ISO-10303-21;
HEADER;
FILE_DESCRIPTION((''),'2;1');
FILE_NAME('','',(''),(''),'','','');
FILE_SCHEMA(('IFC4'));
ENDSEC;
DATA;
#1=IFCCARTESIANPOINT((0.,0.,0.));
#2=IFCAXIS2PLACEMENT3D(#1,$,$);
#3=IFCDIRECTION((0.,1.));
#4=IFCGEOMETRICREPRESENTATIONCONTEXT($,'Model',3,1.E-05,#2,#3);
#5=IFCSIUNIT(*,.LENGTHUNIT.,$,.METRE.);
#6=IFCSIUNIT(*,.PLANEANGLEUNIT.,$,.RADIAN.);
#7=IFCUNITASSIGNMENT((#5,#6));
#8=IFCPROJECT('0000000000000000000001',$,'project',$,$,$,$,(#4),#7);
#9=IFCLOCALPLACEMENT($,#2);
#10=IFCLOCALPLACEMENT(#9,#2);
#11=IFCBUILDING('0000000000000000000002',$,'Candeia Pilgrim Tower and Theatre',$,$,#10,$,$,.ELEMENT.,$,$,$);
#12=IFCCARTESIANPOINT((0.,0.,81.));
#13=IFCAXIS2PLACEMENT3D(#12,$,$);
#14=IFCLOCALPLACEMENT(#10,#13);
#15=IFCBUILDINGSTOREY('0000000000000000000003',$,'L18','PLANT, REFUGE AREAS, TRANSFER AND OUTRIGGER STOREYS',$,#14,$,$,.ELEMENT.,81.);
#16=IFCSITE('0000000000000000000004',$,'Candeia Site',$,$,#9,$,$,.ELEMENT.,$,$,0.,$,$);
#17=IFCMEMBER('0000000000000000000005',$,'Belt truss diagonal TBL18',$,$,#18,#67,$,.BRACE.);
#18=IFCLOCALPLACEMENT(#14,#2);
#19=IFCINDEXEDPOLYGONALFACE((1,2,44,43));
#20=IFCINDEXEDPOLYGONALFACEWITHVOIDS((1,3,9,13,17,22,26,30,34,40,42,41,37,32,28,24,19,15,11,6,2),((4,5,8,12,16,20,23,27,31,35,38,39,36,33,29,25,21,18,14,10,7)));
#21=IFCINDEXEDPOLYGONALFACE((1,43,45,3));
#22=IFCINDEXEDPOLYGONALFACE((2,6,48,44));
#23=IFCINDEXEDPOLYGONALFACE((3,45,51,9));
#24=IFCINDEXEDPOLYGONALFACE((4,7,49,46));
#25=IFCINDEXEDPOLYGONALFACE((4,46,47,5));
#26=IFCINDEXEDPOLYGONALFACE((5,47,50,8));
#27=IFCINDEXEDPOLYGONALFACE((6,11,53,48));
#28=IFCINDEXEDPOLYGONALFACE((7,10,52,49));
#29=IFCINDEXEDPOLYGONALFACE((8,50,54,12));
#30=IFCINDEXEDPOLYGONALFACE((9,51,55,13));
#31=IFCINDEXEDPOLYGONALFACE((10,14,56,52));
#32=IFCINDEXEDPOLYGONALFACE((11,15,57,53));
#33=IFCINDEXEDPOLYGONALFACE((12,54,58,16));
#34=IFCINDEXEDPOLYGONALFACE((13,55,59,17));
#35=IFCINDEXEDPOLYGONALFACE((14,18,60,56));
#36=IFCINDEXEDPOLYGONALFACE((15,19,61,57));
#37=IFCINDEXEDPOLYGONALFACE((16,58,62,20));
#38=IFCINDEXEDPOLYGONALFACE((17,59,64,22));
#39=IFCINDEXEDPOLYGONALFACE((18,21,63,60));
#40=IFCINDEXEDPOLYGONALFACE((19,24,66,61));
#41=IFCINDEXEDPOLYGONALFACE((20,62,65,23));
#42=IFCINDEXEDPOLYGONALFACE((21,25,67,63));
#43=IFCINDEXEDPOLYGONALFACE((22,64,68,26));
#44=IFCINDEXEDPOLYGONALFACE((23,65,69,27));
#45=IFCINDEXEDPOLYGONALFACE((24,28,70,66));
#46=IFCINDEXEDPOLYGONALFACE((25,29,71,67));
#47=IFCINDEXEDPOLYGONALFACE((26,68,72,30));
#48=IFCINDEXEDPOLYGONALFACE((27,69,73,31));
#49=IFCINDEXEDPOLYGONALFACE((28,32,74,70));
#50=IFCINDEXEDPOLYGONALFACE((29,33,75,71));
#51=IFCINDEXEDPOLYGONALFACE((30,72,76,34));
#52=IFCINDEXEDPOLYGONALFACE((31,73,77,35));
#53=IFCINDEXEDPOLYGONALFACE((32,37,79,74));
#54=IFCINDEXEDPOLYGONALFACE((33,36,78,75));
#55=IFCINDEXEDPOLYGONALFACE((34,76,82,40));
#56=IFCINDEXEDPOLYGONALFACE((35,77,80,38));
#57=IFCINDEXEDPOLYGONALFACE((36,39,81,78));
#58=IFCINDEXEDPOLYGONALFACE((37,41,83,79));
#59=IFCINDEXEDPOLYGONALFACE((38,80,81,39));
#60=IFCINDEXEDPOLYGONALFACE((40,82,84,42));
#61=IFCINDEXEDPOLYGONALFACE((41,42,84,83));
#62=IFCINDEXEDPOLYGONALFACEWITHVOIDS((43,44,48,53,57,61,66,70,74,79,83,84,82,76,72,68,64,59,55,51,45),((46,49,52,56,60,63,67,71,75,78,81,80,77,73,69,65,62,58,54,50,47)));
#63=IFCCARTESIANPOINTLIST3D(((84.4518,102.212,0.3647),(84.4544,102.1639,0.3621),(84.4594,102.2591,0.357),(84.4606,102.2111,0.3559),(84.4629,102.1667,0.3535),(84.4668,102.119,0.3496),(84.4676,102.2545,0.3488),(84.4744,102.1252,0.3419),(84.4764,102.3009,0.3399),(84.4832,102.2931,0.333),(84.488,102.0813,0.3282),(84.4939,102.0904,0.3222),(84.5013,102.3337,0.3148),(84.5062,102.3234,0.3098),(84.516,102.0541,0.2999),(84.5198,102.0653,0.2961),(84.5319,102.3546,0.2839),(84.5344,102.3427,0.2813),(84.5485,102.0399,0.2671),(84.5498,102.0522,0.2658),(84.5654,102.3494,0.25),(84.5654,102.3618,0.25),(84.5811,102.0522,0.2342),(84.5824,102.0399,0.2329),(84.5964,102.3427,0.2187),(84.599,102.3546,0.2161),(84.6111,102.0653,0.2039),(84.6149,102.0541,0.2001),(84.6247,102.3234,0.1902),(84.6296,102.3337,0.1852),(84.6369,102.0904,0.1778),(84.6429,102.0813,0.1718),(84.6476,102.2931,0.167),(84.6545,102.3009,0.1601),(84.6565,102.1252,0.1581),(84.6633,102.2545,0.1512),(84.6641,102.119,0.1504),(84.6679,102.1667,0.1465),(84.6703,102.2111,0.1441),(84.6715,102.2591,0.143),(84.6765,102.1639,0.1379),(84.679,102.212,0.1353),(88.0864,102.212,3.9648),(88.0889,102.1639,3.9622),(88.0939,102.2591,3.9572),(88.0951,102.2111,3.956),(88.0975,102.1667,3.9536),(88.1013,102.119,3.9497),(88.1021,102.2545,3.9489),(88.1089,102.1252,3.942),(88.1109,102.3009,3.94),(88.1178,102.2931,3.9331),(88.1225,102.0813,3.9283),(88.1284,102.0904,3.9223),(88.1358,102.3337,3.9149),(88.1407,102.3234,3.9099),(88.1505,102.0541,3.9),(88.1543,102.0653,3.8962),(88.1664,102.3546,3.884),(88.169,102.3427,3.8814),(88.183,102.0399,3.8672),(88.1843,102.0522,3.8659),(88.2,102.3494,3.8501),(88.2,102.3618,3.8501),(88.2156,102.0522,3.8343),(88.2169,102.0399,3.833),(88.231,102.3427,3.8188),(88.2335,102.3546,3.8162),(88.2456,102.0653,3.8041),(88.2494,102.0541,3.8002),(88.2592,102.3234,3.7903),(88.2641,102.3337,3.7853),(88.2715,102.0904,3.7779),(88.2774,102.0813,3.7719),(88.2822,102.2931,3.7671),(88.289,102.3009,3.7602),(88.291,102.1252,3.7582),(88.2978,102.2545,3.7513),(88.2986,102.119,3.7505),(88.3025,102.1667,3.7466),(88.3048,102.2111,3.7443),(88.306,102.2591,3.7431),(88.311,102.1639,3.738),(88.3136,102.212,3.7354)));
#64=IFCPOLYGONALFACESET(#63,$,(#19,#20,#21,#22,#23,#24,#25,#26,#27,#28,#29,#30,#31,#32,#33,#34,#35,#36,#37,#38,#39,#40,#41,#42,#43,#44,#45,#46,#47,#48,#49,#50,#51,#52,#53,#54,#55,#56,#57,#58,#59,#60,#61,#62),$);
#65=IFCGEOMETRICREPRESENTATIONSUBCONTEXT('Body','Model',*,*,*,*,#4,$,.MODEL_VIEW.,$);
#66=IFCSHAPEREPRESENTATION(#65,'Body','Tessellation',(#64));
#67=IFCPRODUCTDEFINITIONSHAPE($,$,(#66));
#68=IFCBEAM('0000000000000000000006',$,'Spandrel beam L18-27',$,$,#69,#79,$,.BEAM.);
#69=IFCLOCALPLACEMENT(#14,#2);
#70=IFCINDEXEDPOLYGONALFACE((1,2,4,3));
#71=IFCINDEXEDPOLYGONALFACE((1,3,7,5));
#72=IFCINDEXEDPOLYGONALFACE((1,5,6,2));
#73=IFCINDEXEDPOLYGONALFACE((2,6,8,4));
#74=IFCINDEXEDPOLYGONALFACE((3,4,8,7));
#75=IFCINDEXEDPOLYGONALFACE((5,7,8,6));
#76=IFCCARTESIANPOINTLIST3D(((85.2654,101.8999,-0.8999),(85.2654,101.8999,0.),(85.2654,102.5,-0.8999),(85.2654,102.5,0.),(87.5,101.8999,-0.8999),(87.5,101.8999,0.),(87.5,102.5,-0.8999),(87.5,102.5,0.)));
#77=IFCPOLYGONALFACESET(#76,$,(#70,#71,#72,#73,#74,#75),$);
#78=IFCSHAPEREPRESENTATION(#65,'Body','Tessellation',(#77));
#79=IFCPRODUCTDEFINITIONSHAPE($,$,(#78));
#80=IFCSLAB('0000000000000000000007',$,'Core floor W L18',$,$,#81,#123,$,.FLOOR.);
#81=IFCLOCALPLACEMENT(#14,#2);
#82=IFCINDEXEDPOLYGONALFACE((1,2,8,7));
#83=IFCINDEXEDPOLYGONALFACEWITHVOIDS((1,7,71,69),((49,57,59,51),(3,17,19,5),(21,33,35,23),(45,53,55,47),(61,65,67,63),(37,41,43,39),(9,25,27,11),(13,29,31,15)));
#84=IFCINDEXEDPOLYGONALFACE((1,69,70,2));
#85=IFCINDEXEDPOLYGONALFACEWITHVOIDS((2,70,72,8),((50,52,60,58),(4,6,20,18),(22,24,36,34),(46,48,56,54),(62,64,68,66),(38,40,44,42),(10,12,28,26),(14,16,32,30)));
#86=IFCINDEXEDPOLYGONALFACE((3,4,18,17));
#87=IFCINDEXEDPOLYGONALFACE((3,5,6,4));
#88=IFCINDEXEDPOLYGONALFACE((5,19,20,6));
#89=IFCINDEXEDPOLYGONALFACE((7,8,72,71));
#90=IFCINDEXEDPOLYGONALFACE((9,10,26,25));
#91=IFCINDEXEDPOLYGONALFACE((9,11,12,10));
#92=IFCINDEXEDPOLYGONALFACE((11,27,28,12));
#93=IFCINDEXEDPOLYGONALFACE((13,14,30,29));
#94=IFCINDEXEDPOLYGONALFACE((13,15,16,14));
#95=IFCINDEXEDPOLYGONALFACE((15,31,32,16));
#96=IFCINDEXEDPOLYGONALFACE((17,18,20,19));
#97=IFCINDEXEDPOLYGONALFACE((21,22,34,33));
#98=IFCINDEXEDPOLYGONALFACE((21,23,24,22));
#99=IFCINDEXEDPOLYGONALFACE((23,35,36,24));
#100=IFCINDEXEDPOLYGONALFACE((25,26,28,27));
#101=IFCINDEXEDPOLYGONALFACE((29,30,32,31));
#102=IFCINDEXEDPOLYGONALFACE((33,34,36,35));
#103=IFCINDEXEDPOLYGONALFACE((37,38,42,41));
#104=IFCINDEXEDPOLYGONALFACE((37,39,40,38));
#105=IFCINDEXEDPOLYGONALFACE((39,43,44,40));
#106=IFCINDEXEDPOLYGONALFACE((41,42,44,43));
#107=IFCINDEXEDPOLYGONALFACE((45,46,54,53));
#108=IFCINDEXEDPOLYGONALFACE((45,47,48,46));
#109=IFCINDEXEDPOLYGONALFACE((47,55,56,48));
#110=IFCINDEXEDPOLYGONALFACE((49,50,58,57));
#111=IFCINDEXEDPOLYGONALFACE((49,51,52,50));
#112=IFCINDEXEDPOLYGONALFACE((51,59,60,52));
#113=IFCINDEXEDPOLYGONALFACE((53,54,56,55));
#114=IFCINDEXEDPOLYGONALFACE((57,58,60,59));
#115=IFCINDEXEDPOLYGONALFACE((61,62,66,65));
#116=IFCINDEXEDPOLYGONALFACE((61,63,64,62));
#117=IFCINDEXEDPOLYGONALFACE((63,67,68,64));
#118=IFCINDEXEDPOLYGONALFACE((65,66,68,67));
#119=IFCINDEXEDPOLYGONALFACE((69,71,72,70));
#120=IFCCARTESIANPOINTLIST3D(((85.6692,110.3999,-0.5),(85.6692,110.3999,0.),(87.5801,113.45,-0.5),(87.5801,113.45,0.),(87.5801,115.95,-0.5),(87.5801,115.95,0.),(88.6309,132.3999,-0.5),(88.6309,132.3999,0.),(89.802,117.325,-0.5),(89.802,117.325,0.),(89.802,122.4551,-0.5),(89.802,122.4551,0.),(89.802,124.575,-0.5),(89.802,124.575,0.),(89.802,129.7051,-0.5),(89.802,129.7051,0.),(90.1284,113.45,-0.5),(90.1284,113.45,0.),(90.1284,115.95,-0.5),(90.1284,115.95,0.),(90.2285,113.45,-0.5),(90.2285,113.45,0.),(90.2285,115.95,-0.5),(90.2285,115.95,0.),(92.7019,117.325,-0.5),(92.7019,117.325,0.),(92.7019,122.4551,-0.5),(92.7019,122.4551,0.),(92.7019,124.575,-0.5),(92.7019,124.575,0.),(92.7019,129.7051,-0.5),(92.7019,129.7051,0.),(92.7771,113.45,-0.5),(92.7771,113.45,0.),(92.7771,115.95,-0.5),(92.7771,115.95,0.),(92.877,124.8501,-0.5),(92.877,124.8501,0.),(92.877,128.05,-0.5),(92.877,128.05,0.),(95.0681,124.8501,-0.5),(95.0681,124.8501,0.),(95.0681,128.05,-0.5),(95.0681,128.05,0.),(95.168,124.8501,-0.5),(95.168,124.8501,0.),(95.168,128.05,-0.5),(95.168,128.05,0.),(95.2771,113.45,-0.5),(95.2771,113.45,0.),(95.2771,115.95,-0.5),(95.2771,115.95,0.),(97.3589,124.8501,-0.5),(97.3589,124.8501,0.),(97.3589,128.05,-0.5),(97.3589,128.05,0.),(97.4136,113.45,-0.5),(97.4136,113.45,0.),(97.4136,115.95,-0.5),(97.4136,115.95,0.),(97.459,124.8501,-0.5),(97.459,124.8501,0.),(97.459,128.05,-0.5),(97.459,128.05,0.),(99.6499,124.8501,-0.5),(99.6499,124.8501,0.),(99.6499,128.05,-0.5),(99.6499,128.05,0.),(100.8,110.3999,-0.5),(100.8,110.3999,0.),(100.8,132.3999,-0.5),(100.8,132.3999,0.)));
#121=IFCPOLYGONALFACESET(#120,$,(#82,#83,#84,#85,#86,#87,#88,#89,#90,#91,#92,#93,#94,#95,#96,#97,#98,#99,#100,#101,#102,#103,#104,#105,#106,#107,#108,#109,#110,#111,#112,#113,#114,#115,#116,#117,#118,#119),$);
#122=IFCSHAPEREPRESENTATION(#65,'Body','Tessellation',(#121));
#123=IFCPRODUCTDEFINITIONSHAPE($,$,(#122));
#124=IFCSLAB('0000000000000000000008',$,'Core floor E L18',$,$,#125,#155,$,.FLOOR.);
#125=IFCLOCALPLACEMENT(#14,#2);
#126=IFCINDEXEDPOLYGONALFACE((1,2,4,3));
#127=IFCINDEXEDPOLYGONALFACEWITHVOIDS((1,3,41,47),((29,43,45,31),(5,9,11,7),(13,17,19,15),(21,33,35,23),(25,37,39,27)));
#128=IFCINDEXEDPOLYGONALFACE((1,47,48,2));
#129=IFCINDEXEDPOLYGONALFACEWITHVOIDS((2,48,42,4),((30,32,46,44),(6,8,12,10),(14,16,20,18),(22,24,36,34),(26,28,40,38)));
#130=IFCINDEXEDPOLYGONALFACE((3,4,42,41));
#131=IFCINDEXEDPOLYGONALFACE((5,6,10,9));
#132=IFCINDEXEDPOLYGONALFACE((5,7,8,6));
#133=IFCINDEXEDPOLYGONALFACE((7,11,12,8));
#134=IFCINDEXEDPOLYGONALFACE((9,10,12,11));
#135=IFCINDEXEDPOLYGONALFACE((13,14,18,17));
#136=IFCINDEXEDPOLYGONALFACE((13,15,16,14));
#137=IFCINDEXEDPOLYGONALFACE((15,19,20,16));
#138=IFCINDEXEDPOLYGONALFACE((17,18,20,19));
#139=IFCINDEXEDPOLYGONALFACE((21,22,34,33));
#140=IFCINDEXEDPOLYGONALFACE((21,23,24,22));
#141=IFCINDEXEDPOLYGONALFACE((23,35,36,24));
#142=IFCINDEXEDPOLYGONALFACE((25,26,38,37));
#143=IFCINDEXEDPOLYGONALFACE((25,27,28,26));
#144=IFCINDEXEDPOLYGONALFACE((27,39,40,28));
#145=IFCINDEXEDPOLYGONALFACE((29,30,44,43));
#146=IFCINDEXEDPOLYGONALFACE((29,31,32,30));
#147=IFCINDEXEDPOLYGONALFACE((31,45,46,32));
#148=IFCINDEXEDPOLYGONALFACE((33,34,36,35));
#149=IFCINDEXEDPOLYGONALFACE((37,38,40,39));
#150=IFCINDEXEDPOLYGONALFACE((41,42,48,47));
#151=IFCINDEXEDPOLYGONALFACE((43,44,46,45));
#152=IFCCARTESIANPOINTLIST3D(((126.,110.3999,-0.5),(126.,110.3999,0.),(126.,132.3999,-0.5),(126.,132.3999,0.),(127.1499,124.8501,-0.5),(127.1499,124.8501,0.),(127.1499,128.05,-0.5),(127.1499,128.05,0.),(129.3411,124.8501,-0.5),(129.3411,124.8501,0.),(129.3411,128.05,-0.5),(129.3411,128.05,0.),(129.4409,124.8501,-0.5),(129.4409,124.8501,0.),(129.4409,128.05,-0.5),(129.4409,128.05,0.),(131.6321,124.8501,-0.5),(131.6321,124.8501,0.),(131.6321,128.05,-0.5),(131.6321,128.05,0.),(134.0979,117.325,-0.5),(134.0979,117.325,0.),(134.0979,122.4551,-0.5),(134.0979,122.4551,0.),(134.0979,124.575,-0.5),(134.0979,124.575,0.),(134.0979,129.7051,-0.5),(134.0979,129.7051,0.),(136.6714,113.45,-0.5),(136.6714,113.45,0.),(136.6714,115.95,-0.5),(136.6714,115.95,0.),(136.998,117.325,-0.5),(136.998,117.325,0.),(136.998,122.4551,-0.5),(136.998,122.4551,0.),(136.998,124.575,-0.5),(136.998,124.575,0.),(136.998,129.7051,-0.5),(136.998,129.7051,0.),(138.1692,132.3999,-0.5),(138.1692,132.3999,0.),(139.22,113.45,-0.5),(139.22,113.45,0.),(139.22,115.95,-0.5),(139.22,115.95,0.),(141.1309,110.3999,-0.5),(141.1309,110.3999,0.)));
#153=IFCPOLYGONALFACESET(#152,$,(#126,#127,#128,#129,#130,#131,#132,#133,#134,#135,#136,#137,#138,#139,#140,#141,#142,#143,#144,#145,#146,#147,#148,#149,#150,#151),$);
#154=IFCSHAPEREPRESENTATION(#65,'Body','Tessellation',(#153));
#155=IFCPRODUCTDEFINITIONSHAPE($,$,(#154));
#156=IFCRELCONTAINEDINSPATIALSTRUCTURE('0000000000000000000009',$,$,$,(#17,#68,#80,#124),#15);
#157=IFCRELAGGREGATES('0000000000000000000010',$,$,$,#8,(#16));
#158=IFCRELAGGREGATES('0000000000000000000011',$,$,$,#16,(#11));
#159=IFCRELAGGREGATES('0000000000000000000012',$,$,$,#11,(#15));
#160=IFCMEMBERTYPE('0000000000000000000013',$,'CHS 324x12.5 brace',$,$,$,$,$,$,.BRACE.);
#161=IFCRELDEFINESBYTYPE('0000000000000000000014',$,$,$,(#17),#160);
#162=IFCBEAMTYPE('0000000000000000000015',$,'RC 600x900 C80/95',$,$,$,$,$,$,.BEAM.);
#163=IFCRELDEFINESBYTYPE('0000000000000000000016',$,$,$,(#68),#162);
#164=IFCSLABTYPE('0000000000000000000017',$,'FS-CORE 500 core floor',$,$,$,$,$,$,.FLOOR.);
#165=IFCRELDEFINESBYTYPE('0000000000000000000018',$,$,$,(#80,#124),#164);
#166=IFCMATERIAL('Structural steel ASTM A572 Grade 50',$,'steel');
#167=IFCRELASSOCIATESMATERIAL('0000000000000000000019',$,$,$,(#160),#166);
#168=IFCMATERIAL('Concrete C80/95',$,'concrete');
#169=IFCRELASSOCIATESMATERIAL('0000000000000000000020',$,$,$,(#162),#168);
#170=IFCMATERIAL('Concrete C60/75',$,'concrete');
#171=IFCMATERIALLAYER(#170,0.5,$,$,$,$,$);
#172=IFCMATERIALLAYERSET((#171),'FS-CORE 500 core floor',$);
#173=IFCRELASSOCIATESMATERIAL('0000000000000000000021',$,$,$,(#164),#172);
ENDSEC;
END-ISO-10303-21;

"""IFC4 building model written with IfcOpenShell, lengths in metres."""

from ifc_helpers import new_model, si_unit, direction, frame, origin, origin_2d, place, context, subcontext, project, spatial, polyline, rectangle, hollow_circle, outline, extrude, material, layer, layer_set, material_profile, profile_set, type_object, element, save


model = new_model("IFC4")

# Units and contexts
model_context = context("Model", 3, precision=1e-05, world=origin(), true_north=direction((0.0, 1.0)))
body_context = subcontext(model_context, "Body", "Model", "MODEL_VIEW")
ifc_project = project(units=[si_unit("LENGTHUNIT", "METRE"), si_unit("PLANEANGLEUNIT", "RADIAN")], contexts=[model_context])

# Site, building, storey
site_placement = place(None, origin())
site = spatial("IfcSite", under=ifc_project, at=site_placement, Name="Candeia Site", CompositionType="ELEMENT", RefElevation=0.0)
building_placement = place(site_placement, origin())
building = spatial("IfcBuilding", under=site, at=building_placement, Name="Candeia Pilgrim Tower and Theatre", CompositionType="ELEMENT")
storey_placement = place(building_placement, frame((0.0, 0.0, 81.0)))
storey = spatial("IfcBuildingStorey", under=building, at=storey_placement, Name="L18", Description="PLANT, REFUGE AREAS, TRANSFER AND OUTRIGGER STOREYS", CompositionType="ELEMENT", Elevation=81.0)

# Shared definitions
ifc_material_1 = material(Name="Concrete C80/95", Category="concrete")

# Member
ifc_material_2 = material(Name="Structural steel ASTM A572 Grade 50", Category="steel")
ifc_material_profile_1 = material_profile(ifc_material_2, hollow_circle(Radius=0.1619, WallThickness=0.0125, at=origin_2d()))
ifc_profile_set_1 = profile_set([ifc_material_profile_1], Name="Structural steel ASTM A572 Grade 50")
member_type_1 = type_object("IfcMemberType", Name="CHS 324x12.5 brace", PredefinedType="BRACE", material=ifc_profile_set_1)
member_1_placement = place(storey_placement, frame((84.5654, 102.2, 0.25), z_axis=(0.710463, 0.0, 0.703734), x_axis=(0.0, 1.0, 0.0)))
element("IfcMember", 1, at=member_1_placement, inside=storey, type_object=member_type_1, Name="Belt truss diagonal TBL18", PredefinedType="BRACE", context=body_context, shape_type="SweptSolid", body=[
    extrude(hollow_circle(Radius=0.1619, WallThickness=0.0125, at=origin_2d()), origin(), (0.0, 0.0, 1.0), 5.1157),
])

# Beam
ifc_material_profile_2 = material_profile(ifc_material_1, rectangle(XDim=0.6001, YDim=0.8999, at=origin_2d()))
ifc_profile_set_2 = profile_set([ifc_material_profile_2], Name="Concrete C80/95")
beam_type = type_object("IfcBeamType", Name="RC 600x900 C80/95", PredefinedType="BEAM", material=ifc_profile_set_2)
beam_placement = place(storey_placement, frame((85.2654, 102.2, -0.45), z_axis=(1.0, 0.0, 0.0), x_axis=(0.0, 1.0, 0.0)))
element("IfcBeam", 2, at=beam_placement, inside=storey, type_object=beam_type, Name="Spandrel beam L18-27", PredefinedType="BEAM", context=body_context, shape_type="SweptSolid", body=[
    extrude(rectangle(XDim=0.6001, YDim=0.8999, at=origin_2d()), origin(), (0.0, 0.0, 1.0), 2.2346),
])

# Slabs
ifc_material_3 = material(Name="Concrete C60/75", Category="concrete")
ifc_layer_1 = layer(ifc_material_3, 0.5)
ifc_layer_set_1 = layer_set([ifc_layer_1], Name="FS-CORE 500 core floor")
slab_type_1 = type_object("IfcSlabType", Name="FS-CORE 500 core floor", PredefinedType="FLOOR", material=ifc_layer_set_1)
slab_1_placement = place(storey_placement, frame((0.0, 0.0, -0.5)))
element("IfcSlab", 3, at=slab_1_placement, inside=storey, type_object=slab_type_1, Name="Core floor W L18", PredefinedType="FLOOR", context=body_context, shape_type="SweptSolid", body=[
    extrude(outline(polyline([(100.8, 132.3999), (100.8, 110.3999), (85.6692, 110.3999), (88.6309, 132.3999), (100.8, 132.3999)]), holes=[polyline([(97.459, 128.05), (97.459, 124.8501), (99.6499, 124.8501), (99.6499, 128.05), (97.459, 128.05)]), polyline([(95.2771, 115.95), (95.2771, 113.45), (97.4136, 113.45), (97.4136, 115.95), (95.2771, 115.95)]), polyline([(95.168, 128.05), (95.168, 124.8501), (97.3589, 124.8501), (97.3589, 128.05), (95.168, 128.05)]), polyline([(92.877, 128.05), (92.877, 124.8501), (95.0681, 124.8501), (95.0681, 128.05), (92.877, 128.05)]), polyline([(90.2285, 115.95), (90.2285, 113.45), (92.7771, 113.45), (92.7771, 115.95), (90.2285, 115.95)]), polyline([(89.802, 122.4551), (89.802, 117.325), (92.7019, 117.325), (92.7019, 122.4551), (89.802, 122.4551)]), polyline([(89.802, 129.7051), (89.802, 124.575), (92.7019, 124.575), (92.7019, 129.7051), (89.802, 129.7051)]), polyline([(87.5801, 115.95), (87.5801, 113.45), (90.1284, 113.45), (90.1284, 115.95), (87.5801, 115.95)])]), origin(), (0.0, 0.0, 1.0), 0.5),
])
slab_2_placement = place(storey_placement, frame((0.0, 0.0, -0.5)))
element("IfcSlab", 4, at=slab_2_placement, inside=storey, type_object=slab_type_1, Name="Core floor E L18", PredefinedType="FLOOR", context=body_context, shape_type="SweptSolid", body=[
    extrude(outline(polyline([(138.1692, 132.3999), (141.1309, 110.3999), (126.0, 110.3999), (126.0, 132.3999), (138.1692, 132.3999)]), holes=[polyline([(136.6714, 115.95), (136.6714, 113.45), (139.22, 113.45), (139.22, 115.95), (136.6714, 115.95)]), polyline([(134.0979, 117.325), (136.998, 117.325), (136.998, 122.4551), (134.0979, 122.4551), (134.0979, 117.325)]), polyline([(134.0979, 129.7051), (134.0979, 124.575), (136.998, 124.575), (136.998, 129.7051), (134.0979, 129.7051)]), polyline([(131.6321, 128.05), (129.4409, 128.05), (129.4409, 124.8501), (131.6321, 124.8501), (131.6321, 128.05)]), polyline([(127.1499, 128.05), (127.1499, 124.8501), (129.3411, 124.8501), (129.3411, 128.05), (127.1499, 128.05)])]), origin(), (0.0, 0.0, 1.0), 0.5),
])

save(model, "model.ifc")
